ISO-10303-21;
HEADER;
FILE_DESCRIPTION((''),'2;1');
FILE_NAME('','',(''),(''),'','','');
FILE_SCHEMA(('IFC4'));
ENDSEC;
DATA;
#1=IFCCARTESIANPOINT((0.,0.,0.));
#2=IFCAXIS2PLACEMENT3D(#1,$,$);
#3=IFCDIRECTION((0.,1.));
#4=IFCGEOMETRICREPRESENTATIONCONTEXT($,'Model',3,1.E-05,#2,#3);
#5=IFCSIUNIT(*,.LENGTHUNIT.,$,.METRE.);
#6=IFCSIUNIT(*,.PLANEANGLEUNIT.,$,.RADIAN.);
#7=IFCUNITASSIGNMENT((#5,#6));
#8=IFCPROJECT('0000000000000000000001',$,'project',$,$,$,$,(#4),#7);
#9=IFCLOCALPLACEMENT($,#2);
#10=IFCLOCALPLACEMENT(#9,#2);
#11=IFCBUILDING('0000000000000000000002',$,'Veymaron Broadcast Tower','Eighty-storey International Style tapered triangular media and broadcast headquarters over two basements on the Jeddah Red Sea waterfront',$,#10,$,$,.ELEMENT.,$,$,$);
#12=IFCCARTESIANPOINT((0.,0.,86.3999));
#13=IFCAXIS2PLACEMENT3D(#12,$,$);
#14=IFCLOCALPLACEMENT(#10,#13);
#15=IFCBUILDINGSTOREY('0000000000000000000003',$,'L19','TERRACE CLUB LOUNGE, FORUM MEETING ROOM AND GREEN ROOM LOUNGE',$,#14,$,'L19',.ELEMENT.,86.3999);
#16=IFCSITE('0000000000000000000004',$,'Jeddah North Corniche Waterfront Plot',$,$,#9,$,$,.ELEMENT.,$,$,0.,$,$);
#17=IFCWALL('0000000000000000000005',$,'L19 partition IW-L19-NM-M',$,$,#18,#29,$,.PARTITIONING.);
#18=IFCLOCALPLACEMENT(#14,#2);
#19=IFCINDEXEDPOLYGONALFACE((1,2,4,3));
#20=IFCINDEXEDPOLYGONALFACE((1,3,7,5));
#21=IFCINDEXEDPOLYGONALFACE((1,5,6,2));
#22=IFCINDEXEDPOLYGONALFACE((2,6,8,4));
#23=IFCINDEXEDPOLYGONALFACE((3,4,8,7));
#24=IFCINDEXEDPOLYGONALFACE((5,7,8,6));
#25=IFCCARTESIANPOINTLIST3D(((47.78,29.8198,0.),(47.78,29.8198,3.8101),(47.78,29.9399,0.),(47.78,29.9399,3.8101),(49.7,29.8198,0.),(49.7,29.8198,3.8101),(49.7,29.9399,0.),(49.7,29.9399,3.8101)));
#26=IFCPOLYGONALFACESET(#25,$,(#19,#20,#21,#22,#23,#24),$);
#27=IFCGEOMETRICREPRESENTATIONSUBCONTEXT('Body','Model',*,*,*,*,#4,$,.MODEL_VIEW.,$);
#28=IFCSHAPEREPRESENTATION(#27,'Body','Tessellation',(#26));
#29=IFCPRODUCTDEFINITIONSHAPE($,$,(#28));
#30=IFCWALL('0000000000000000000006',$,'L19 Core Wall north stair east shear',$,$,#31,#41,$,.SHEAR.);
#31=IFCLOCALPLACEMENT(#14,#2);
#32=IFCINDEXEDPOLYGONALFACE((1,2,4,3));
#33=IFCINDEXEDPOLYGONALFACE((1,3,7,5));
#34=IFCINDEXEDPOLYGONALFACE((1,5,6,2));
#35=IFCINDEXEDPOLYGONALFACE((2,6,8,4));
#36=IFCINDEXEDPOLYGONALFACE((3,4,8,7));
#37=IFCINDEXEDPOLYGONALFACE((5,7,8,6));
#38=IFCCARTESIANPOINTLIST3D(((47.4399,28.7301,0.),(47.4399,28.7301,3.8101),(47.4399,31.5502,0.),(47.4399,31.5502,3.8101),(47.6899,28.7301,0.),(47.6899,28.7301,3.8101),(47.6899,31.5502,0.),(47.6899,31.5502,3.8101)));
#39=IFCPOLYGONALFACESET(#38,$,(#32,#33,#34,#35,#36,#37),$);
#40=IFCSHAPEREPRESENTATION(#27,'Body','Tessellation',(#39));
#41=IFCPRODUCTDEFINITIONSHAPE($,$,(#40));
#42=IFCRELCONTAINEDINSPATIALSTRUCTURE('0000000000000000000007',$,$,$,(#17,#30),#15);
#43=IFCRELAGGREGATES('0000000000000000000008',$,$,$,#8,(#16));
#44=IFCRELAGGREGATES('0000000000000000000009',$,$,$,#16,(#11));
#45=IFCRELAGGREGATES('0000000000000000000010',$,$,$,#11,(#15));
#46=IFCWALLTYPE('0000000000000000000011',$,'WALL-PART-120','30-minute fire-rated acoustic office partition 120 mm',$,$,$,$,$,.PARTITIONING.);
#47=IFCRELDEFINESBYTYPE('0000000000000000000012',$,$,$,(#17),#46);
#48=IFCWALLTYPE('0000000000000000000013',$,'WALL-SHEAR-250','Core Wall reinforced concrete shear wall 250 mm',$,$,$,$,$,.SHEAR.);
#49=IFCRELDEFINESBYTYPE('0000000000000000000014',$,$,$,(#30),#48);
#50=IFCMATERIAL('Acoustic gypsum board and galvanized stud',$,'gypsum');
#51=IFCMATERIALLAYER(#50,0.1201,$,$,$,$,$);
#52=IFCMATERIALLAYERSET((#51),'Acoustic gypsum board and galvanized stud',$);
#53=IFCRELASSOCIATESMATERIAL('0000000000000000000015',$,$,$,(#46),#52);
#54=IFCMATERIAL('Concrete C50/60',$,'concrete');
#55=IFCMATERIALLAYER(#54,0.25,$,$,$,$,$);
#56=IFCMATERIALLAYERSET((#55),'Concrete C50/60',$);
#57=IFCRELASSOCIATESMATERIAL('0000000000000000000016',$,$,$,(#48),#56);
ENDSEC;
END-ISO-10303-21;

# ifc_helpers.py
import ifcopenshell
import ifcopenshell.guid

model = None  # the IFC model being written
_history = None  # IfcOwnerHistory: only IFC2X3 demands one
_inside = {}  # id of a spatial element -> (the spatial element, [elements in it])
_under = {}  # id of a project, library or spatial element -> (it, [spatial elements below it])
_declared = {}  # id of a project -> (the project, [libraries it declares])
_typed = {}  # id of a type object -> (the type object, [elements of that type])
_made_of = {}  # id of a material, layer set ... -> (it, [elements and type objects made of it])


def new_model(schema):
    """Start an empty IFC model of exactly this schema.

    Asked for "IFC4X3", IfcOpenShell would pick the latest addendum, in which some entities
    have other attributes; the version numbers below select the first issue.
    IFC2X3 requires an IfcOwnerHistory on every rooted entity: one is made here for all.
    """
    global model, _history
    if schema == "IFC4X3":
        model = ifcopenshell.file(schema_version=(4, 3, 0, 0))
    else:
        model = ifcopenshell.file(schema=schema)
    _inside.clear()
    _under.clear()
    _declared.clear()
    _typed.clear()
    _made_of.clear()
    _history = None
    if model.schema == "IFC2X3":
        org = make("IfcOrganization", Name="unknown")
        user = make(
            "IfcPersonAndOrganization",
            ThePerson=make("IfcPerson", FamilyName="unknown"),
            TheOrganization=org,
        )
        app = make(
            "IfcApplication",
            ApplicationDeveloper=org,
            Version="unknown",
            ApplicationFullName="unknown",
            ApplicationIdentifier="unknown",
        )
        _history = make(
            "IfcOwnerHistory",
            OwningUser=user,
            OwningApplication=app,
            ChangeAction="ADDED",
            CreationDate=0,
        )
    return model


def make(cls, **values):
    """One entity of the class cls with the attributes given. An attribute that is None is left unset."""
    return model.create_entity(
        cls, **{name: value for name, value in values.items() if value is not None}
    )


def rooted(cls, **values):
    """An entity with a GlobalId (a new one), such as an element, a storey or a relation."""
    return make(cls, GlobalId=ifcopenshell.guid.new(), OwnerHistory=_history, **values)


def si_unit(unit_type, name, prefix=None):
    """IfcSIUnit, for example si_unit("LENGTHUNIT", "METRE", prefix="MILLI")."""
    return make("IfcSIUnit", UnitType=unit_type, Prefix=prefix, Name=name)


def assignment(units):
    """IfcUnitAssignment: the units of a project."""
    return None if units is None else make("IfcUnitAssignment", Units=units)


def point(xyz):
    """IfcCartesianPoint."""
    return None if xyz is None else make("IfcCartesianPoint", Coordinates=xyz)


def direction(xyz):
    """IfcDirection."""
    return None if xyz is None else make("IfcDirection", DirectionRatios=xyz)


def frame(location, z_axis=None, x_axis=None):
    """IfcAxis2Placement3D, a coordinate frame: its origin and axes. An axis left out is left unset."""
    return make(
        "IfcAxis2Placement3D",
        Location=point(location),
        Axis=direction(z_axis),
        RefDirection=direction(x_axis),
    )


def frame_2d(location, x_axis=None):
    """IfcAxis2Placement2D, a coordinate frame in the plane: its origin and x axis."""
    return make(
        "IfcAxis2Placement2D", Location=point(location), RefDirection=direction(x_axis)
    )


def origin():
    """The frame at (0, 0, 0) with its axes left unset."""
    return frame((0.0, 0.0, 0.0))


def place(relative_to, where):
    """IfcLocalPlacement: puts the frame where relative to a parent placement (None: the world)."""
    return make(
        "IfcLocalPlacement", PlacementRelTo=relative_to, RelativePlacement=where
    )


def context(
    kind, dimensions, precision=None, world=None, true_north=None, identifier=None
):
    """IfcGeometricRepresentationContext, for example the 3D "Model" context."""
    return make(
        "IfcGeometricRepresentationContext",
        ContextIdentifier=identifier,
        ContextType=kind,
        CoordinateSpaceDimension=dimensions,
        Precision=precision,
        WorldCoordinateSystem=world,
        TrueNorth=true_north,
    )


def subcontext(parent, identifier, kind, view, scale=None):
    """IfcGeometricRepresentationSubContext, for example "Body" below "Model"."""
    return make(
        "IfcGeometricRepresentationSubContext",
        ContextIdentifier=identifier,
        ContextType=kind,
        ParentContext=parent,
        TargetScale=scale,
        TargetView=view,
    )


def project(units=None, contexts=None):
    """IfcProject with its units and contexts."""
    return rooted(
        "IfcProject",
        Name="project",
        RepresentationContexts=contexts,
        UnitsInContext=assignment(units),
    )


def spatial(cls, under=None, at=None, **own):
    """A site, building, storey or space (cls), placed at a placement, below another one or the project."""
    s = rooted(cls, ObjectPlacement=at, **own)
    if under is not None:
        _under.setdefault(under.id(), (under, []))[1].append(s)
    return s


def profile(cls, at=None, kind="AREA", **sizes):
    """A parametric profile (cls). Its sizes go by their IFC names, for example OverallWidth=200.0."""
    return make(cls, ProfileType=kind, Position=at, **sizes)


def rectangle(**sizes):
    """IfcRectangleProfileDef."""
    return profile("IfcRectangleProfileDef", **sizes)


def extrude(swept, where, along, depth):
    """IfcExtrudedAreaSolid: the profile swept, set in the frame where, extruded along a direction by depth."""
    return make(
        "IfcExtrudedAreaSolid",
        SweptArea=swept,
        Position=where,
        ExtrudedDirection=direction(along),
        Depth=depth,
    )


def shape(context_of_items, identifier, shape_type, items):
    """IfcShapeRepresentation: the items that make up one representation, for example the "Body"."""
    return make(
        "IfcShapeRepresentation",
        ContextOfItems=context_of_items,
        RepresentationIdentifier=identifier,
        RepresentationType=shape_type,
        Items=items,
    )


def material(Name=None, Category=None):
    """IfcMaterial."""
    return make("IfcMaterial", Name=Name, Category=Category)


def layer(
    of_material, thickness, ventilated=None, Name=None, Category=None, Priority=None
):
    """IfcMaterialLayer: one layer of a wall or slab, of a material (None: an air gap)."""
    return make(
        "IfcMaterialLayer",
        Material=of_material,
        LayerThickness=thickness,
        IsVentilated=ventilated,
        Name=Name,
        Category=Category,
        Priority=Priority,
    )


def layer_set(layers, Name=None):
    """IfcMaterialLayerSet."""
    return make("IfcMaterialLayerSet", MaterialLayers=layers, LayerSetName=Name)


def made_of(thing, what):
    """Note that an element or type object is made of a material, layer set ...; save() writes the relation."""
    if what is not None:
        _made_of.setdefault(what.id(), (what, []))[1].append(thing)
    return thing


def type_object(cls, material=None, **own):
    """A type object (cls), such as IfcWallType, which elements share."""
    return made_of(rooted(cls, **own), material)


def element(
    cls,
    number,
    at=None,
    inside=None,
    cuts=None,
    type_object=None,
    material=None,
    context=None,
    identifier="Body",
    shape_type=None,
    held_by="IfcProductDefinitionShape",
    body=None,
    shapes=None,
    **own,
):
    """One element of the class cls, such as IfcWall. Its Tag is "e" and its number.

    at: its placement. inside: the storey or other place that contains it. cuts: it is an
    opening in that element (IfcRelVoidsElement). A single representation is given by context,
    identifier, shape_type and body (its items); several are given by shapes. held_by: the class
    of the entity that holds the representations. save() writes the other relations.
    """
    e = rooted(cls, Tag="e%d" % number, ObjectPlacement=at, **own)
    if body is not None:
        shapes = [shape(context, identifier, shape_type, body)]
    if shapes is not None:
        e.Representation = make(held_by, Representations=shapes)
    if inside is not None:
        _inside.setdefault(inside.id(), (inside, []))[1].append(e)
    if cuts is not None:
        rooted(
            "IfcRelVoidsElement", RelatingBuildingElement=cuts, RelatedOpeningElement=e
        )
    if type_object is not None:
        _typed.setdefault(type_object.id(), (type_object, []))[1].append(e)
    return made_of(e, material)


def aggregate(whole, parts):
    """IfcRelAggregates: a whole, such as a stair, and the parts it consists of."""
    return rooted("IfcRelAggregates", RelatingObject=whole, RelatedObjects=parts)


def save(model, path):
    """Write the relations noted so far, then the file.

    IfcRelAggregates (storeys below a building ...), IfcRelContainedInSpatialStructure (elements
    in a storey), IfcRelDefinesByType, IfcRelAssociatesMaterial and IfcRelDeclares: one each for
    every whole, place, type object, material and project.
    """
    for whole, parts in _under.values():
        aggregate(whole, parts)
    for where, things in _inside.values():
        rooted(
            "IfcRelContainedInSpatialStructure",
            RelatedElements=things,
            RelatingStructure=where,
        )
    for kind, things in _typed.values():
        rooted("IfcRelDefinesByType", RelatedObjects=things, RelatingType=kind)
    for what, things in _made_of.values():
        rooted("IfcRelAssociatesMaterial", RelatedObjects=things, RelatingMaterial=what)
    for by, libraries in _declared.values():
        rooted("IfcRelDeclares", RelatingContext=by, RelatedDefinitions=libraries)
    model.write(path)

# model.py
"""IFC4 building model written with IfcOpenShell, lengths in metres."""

from ifc_helpers import new_model, si_unit, direction, frame, frame_2d, origin, place, context, subcontext, project, spatial, rectangle, extrude, material, layer, layer_set, type_object, element, save


model = new_model("IFC4")

# Units and contexts
model_context = context("Model", 3, precision=1e-05, world=origin(), true_north=direction((0.0, 1.0)))
body_context = subcontext(model_context, "Body", "Model", "MODEL_VIEW")
ifc_project = project(units=[si_unit("LENGTHUNIT", "METRE"), si_unit("PLANEANGLEUNIT", "RADIAN")], contexts=[model_context])

# Site, building, storey
site_placement = place(None, origin())
site = spatial("IfcSite", under=ifc_project, at=site_placement, Name="Jeddah North Corniche Waterfront Plot", CompositionType="ELEMENT", RefElevation=0.0)
building_placement = place(site_placement, origin())
building = spatial("IfcBuilding", under=site, at=building_placement, Name="Veymaron Broadcast Tower", Description="Eighty-storey International Style tapered triangular media and broadcast headquarters over two basements on the Jeddah Red Sea waterfront", CompositionType="ELEMENT")
storey_placement = place(building_placement, frame((0.0, 0.0, 86.3999)))
storey = spatial("IfcBuildingStorey", under=building, at=storey_placement, Name="L19", Description="TERRACE CLUB LOUNGE, FORUM MEETING ROOM AND GREEN ROOM LOUNGE", LongName="L19", CompositionType="ELEMENT", Elevation=86.3999)

# Wall
ifc_material_1 = material(Name="Acoustic gypsum board and galvanized stud", Category="gypsum")
ifc_layer_1 = layer(ifc_material_1, 0.1201)
ifc_layer_set_1 = layer_set([ifc_layer_1], Name="Acoustic gypsum board and galvanized stud")
wall_type_1 = type_object("IfcWallType", Name="WALL-PART-120", Description="30-minute fire-rated acoustic office partition 120 mm", PredefinedType="PARTITIONING", material=ifc_layer_set_1)
wall_1_placement = place(storey_placement, frame((47.78, 29.8799, 0.0), z_axis=(0.0, 0.0, 1.0), x_axis=(1.0, 0.0, 0.0)))
element("IfcWall", 1, at=wall_1_placement, inside=storey, type_object=wall_type_1, Name="L19 partition IW-L19-NM-M", PredefinedType="PARTITIONING", context=body_context, shape_type="SweptSolid", body=[
    extrude(rectangle(XDim=1.9199, YDim=0.1201, at=frame_2d((0.96, 0.0))), origin(), (0.0, 0.0, 1.0), 3.8101),
])

# Wall
ifc_material_2 = material(Name="Concrete C50/60", Category="concrete")
ifc_layer_2 = layer(ifc_material_2, 0.25)
ifc_layer_set_2 = layer_set([ifc_layer_2], Name="Concrete C50/60")
wall_type_2 = type_object("IfcWallType", Name="WALL-SHEAR-250", Description="Core Wall reinforced concrete shear wall 250 mm", PredefinedType="SHEAR", material=ifc_layer_set_2)
wall_2_placement = place(storey_placement, frame((47.5649, 28.73, 0.0), z_axis=(0.0, 0.0, 1.0), x_axis=(0.0, 1.0, 0.0)))
element("IfcWall", 2, at=wall_2_placement, inside=storey, type_object=wall_type_2, Name="L19 Core Wall north stair east shear", PredefinedType="SHEAR", context=body_context, shape_type="SweptSolid", body=[
    extrude(rectangle(XDim=2.8201, YDim=0.25, at=frame_2d((1.4102, 0.0))), origin(), (0.0, 0.0, 1.0), 3.8101),
])

save(model, "model.ifc")
